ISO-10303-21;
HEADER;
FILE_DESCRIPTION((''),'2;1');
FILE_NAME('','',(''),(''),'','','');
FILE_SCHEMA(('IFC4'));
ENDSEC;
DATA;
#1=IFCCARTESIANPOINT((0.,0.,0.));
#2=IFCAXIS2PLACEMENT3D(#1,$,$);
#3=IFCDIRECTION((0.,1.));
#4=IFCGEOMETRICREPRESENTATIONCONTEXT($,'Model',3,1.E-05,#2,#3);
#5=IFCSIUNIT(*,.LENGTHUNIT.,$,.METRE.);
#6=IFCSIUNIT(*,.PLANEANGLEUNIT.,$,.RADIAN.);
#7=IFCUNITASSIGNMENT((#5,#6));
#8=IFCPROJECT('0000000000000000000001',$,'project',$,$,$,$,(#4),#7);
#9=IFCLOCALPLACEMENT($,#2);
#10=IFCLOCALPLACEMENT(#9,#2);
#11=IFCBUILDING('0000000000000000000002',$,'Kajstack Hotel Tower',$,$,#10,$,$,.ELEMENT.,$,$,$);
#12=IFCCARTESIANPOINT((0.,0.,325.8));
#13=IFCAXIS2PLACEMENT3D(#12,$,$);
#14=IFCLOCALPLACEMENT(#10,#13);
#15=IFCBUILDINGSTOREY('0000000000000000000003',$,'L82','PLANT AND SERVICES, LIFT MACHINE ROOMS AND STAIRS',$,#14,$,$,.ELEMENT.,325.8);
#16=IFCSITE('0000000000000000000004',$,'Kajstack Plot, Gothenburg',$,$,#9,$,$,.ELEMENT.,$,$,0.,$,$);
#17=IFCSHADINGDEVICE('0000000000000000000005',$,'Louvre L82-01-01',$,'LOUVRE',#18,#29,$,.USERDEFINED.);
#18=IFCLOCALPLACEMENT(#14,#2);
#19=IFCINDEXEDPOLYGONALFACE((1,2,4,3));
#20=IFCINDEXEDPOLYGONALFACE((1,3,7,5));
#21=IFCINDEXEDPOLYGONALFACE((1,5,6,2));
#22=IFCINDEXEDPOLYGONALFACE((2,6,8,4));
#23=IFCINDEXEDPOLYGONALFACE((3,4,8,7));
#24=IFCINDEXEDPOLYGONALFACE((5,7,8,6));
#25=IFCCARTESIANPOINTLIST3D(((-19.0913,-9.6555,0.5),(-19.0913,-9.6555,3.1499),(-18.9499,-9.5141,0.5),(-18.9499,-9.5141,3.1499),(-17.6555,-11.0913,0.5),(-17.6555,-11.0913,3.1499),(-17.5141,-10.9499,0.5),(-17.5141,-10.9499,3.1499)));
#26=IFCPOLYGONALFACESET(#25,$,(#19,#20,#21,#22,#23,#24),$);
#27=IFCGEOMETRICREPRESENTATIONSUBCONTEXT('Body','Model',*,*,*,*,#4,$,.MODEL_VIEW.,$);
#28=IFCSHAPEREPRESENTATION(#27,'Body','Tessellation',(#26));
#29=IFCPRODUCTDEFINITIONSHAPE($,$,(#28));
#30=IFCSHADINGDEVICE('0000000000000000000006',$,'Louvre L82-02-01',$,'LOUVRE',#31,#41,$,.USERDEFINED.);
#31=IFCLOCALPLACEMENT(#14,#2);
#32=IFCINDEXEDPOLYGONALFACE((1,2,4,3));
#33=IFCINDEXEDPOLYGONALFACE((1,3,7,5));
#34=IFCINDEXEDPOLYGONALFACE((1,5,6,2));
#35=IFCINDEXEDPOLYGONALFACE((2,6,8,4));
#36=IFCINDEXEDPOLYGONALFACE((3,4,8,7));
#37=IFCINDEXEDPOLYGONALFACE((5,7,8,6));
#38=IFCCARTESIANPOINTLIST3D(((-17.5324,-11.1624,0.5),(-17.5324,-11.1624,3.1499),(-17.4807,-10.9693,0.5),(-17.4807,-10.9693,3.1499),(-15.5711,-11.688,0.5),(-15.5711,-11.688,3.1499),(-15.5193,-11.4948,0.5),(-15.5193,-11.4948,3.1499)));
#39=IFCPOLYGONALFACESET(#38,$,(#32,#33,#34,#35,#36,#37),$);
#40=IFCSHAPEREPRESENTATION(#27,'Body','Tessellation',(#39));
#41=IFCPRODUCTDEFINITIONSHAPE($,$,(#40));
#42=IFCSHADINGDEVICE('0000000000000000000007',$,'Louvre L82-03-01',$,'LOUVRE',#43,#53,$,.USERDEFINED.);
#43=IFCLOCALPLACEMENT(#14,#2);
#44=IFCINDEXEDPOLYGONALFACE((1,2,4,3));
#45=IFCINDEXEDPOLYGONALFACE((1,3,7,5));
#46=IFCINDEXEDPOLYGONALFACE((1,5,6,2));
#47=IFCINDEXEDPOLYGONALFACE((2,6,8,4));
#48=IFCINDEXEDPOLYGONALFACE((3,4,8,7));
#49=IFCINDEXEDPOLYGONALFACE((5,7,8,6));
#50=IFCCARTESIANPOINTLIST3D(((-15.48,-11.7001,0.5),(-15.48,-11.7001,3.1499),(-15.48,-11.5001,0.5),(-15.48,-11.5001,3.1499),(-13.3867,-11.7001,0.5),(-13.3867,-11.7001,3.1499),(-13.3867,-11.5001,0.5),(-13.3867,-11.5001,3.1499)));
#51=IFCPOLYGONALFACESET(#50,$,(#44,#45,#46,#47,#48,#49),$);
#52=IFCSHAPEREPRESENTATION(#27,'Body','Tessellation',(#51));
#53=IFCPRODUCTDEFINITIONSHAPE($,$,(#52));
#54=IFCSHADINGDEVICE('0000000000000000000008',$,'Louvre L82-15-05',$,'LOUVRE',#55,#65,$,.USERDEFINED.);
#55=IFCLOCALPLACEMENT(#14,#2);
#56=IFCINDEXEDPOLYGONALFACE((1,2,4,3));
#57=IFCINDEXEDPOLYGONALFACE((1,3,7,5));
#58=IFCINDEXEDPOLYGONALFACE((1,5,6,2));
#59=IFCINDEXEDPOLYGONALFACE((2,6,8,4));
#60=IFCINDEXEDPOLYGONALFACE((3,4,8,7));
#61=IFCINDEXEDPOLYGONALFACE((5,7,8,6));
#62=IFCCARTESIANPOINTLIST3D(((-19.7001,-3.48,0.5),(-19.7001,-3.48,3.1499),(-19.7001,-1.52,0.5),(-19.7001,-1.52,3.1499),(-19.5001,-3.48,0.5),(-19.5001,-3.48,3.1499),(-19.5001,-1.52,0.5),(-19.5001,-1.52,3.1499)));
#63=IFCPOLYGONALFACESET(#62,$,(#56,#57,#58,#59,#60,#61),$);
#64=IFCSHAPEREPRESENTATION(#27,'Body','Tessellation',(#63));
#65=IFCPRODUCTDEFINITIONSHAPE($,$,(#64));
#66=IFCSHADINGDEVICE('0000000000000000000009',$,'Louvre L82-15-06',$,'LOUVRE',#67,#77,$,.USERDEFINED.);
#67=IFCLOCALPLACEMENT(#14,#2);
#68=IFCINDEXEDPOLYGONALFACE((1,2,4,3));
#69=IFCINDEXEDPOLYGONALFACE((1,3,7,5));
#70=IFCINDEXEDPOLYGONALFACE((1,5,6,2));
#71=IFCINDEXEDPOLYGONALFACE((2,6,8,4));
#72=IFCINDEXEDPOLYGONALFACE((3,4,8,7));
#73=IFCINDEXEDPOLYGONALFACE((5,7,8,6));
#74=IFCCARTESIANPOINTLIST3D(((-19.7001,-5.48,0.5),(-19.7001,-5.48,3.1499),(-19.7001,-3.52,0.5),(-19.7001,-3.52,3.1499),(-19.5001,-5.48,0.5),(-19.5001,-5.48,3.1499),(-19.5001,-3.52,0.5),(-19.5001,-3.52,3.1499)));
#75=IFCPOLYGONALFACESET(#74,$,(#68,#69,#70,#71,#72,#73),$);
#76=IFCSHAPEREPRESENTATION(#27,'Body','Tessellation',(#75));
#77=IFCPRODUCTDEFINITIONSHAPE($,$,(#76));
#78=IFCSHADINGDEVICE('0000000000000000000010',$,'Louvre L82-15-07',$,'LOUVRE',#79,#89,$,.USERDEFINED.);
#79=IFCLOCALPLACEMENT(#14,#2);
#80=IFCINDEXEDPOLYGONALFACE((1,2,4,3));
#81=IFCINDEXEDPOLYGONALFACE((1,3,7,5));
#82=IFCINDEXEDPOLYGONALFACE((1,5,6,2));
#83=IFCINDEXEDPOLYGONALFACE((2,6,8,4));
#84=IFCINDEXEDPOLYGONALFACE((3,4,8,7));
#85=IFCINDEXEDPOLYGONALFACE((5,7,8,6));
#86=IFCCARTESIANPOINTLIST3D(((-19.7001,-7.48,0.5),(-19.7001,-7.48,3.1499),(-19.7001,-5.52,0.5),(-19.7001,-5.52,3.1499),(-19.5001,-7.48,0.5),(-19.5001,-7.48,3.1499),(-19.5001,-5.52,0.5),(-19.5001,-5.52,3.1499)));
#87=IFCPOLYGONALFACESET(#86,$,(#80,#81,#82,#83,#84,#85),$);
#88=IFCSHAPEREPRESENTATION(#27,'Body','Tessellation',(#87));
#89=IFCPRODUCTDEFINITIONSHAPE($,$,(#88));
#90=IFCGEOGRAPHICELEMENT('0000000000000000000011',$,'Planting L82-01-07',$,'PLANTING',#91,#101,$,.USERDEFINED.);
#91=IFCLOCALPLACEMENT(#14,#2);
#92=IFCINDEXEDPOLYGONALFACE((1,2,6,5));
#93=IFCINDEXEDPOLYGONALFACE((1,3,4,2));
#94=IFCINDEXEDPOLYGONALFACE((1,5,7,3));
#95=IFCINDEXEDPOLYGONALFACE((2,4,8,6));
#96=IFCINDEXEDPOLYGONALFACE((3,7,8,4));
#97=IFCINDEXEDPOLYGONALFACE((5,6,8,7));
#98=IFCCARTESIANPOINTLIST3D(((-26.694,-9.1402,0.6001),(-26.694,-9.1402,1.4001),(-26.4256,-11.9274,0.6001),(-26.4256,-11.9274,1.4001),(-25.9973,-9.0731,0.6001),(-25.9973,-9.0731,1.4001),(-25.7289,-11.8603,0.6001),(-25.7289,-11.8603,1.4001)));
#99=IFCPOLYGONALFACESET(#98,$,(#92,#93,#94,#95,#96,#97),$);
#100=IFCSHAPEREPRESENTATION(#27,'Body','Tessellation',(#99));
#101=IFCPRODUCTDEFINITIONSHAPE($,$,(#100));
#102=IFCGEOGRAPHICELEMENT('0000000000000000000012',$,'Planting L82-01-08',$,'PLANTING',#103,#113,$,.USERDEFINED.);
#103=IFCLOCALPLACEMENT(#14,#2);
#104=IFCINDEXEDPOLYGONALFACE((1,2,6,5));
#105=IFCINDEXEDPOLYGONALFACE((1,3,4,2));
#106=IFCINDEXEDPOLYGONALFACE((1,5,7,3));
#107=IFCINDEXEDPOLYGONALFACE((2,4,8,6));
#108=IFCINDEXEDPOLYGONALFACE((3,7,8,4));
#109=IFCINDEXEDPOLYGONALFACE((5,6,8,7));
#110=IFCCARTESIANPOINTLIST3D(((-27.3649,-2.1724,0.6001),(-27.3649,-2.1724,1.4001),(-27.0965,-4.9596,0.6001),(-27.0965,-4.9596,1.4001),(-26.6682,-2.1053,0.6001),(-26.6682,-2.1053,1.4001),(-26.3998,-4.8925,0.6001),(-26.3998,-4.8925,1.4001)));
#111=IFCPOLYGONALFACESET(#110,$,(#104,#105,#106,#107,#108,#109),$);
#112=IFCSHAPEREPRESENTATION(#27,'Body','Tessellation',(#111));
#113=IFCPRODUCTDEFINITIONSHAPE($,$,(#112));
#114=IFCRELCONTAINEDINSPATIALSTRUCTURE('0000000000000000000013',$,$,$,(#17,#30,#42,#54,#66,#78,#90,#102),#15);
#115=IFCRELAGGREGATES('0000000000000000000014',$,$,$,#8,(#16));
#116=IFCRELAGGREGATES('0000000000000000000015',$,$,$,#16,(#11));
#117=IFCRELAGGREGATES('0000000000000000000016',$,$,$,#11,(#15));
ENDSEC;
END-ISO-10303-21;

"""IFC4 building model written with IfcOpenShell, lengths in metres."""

from ifc_helpers import new_model, si_unit, direction, frame, origin, origin_2d, place, context, subcontext, project, spatial, rectangle, extrude, element, save


model = new_model("IFC4")

# Units and contexts
model_context = context("Model", 3, precision=1e-05, world=origin(), true_north=direction((0.0, 1.0)))
body_context = subcontext(model_context, "Body", "Model", "MODEL_VIEW")
ifc_project = project(units=[si_unit("LENGTHUNIT", "METRE"), si_unit("PLANEANGLEUNIT", "RADIAN")], contexts=[model_context])

# Site, building, storey
site_placement = place(None, origin())
site = spatial("IfcSite", under=ifc_project, at=site_placement, Name="Kajstack Plot, Gothenburg", CompositionType="ELEMENT", RefElevation=0.0)
building_placement = place(site_placement, origin())
building = spatial("IfcBuilding", under=site, at=building_placement, Name="Kajstack Hotel Tower", CompositionType="ELEMENT")
storey_placement = place(building_placement, frame((0.0, 0.0, 325.8)))
storey = spatial("IfcBuildingStorey", under=building, at=storey_placement, Name="L82", Description="PLANT AND SERVICES, LIFT MACHINE ROOMS AND STAIRS", CompositionType="ELEMENT", Elevation=325.8)

# Shading devices
for number, where, z_axis, x_axis, name in (
    (1, (-18.3027, -10.3027, 0.5), (0.0, 0.0, 1.0), (0.707107, -0.707107, 0.0), "Louvre L82-01-01"),
    (2, (-16.5259, -11.3286, 0.5), (0.0, 0.0, 1.0), (0.965926, -0.25882, 0.0), "Louvre L82-02-01"),
):
    element("IfcShadingDevice", number, at=place(storey_placement, frame(where, z_axis=z_axis, x_axis=x_axis)), inside=storey, Name=name, ObjectType="LOUVRE", PredefinedType="USERDEFINED", context=body_context, shape_type="SweptSolid", body=[
        extrude(rectangle(XDim=2.0305, YDim=0.2, at=origin_2d()), origin(), (0.0, 0.0, 1.0), 2.6499),
    ])
shading_device_placement = place(storey_placement, frame((-14.4333, -11.6001, 0.5), z_axis=(0.0, 0.0, 1.0), x_axis=(1.0, 0.0, 0.0)))
element("IfcShadingDevice", 3, at=shading_device_placement, inside=storey, Name="Louvre L82-03-01", ObjectType="LOUVRE", PredefinedType="USERDEFINED", context=body_context, shape_type="SweptSolid", body=[
    extrude(rectangle(XDim=2.0933, YDim=0.2, at=origin_2d()), origin(), (0.0, 0.0, 1.0), 2.6499),
])
for number, where, z_axis, x_axis, name in (
    (4, (-19.6001, -2.5, 0.5), (0.0, 0.0, 1.0), (0.0, -1.0, 0.0), "Louvre L82-15-05"),
    (5, (-19.6001, -4.5, 0.5), (0.0, 0.0, 1.0), (0.0, -1.0, 0.0), "Louvre L82-15-06"),
    (6, (-19.6001, -6.5, 0.5), (0.0, 0.0, 1.0), (0.0, -1.0, 0.0), "Louvre L82-15-07"),
):
    element("IfcShadingDevice", number, at=place(storey_placement, frame(where, z_axis=z_axis, x_axis=x_axis)), inside=storey, Name=name, ObjectType="LOUVRE", PredefinedType="USERDEFINED", context=body_context, shape_type="SweptSolid", body=[
        extrude(rectangle(XDim=1.96, YDim=0.2, at=origin_2d()), origin(), (0.0, 0.0, 1.0), 2.6499),
    ])

# Geographic elements
for number, where, z_axis, x_axis, name in (
    (7, (-26.2114, -10.5002, 0.6001), (0.0, 0.0, 1.0), (-0.095849, 0.995396, 0.0), "Planting L82-01-07"),
    (8, (-26.8823, -3.5325, 0.6001), (0.0, 0.0, 1.0), (-0.095849, 0.995396, 0.0), "Planting L82-01-08"),
):
    element("IfcGeographicElement", number, at=place(storey_placement, frame(where, z_axis=z_axis, x_axis=x_axis)), inside=storey, Name=name, ObjectType="PLANTING", PredefinedType="USERDEFINED", context=body_context, shape_type="SweptSolid", body=[
        extrude(rectangle(XDim=2.8, YDim=0.7, at=origin_2d()), origin(), (0.0, 0.0, 1.0), 0.8),
    ])

save(model, "model.ifc")
